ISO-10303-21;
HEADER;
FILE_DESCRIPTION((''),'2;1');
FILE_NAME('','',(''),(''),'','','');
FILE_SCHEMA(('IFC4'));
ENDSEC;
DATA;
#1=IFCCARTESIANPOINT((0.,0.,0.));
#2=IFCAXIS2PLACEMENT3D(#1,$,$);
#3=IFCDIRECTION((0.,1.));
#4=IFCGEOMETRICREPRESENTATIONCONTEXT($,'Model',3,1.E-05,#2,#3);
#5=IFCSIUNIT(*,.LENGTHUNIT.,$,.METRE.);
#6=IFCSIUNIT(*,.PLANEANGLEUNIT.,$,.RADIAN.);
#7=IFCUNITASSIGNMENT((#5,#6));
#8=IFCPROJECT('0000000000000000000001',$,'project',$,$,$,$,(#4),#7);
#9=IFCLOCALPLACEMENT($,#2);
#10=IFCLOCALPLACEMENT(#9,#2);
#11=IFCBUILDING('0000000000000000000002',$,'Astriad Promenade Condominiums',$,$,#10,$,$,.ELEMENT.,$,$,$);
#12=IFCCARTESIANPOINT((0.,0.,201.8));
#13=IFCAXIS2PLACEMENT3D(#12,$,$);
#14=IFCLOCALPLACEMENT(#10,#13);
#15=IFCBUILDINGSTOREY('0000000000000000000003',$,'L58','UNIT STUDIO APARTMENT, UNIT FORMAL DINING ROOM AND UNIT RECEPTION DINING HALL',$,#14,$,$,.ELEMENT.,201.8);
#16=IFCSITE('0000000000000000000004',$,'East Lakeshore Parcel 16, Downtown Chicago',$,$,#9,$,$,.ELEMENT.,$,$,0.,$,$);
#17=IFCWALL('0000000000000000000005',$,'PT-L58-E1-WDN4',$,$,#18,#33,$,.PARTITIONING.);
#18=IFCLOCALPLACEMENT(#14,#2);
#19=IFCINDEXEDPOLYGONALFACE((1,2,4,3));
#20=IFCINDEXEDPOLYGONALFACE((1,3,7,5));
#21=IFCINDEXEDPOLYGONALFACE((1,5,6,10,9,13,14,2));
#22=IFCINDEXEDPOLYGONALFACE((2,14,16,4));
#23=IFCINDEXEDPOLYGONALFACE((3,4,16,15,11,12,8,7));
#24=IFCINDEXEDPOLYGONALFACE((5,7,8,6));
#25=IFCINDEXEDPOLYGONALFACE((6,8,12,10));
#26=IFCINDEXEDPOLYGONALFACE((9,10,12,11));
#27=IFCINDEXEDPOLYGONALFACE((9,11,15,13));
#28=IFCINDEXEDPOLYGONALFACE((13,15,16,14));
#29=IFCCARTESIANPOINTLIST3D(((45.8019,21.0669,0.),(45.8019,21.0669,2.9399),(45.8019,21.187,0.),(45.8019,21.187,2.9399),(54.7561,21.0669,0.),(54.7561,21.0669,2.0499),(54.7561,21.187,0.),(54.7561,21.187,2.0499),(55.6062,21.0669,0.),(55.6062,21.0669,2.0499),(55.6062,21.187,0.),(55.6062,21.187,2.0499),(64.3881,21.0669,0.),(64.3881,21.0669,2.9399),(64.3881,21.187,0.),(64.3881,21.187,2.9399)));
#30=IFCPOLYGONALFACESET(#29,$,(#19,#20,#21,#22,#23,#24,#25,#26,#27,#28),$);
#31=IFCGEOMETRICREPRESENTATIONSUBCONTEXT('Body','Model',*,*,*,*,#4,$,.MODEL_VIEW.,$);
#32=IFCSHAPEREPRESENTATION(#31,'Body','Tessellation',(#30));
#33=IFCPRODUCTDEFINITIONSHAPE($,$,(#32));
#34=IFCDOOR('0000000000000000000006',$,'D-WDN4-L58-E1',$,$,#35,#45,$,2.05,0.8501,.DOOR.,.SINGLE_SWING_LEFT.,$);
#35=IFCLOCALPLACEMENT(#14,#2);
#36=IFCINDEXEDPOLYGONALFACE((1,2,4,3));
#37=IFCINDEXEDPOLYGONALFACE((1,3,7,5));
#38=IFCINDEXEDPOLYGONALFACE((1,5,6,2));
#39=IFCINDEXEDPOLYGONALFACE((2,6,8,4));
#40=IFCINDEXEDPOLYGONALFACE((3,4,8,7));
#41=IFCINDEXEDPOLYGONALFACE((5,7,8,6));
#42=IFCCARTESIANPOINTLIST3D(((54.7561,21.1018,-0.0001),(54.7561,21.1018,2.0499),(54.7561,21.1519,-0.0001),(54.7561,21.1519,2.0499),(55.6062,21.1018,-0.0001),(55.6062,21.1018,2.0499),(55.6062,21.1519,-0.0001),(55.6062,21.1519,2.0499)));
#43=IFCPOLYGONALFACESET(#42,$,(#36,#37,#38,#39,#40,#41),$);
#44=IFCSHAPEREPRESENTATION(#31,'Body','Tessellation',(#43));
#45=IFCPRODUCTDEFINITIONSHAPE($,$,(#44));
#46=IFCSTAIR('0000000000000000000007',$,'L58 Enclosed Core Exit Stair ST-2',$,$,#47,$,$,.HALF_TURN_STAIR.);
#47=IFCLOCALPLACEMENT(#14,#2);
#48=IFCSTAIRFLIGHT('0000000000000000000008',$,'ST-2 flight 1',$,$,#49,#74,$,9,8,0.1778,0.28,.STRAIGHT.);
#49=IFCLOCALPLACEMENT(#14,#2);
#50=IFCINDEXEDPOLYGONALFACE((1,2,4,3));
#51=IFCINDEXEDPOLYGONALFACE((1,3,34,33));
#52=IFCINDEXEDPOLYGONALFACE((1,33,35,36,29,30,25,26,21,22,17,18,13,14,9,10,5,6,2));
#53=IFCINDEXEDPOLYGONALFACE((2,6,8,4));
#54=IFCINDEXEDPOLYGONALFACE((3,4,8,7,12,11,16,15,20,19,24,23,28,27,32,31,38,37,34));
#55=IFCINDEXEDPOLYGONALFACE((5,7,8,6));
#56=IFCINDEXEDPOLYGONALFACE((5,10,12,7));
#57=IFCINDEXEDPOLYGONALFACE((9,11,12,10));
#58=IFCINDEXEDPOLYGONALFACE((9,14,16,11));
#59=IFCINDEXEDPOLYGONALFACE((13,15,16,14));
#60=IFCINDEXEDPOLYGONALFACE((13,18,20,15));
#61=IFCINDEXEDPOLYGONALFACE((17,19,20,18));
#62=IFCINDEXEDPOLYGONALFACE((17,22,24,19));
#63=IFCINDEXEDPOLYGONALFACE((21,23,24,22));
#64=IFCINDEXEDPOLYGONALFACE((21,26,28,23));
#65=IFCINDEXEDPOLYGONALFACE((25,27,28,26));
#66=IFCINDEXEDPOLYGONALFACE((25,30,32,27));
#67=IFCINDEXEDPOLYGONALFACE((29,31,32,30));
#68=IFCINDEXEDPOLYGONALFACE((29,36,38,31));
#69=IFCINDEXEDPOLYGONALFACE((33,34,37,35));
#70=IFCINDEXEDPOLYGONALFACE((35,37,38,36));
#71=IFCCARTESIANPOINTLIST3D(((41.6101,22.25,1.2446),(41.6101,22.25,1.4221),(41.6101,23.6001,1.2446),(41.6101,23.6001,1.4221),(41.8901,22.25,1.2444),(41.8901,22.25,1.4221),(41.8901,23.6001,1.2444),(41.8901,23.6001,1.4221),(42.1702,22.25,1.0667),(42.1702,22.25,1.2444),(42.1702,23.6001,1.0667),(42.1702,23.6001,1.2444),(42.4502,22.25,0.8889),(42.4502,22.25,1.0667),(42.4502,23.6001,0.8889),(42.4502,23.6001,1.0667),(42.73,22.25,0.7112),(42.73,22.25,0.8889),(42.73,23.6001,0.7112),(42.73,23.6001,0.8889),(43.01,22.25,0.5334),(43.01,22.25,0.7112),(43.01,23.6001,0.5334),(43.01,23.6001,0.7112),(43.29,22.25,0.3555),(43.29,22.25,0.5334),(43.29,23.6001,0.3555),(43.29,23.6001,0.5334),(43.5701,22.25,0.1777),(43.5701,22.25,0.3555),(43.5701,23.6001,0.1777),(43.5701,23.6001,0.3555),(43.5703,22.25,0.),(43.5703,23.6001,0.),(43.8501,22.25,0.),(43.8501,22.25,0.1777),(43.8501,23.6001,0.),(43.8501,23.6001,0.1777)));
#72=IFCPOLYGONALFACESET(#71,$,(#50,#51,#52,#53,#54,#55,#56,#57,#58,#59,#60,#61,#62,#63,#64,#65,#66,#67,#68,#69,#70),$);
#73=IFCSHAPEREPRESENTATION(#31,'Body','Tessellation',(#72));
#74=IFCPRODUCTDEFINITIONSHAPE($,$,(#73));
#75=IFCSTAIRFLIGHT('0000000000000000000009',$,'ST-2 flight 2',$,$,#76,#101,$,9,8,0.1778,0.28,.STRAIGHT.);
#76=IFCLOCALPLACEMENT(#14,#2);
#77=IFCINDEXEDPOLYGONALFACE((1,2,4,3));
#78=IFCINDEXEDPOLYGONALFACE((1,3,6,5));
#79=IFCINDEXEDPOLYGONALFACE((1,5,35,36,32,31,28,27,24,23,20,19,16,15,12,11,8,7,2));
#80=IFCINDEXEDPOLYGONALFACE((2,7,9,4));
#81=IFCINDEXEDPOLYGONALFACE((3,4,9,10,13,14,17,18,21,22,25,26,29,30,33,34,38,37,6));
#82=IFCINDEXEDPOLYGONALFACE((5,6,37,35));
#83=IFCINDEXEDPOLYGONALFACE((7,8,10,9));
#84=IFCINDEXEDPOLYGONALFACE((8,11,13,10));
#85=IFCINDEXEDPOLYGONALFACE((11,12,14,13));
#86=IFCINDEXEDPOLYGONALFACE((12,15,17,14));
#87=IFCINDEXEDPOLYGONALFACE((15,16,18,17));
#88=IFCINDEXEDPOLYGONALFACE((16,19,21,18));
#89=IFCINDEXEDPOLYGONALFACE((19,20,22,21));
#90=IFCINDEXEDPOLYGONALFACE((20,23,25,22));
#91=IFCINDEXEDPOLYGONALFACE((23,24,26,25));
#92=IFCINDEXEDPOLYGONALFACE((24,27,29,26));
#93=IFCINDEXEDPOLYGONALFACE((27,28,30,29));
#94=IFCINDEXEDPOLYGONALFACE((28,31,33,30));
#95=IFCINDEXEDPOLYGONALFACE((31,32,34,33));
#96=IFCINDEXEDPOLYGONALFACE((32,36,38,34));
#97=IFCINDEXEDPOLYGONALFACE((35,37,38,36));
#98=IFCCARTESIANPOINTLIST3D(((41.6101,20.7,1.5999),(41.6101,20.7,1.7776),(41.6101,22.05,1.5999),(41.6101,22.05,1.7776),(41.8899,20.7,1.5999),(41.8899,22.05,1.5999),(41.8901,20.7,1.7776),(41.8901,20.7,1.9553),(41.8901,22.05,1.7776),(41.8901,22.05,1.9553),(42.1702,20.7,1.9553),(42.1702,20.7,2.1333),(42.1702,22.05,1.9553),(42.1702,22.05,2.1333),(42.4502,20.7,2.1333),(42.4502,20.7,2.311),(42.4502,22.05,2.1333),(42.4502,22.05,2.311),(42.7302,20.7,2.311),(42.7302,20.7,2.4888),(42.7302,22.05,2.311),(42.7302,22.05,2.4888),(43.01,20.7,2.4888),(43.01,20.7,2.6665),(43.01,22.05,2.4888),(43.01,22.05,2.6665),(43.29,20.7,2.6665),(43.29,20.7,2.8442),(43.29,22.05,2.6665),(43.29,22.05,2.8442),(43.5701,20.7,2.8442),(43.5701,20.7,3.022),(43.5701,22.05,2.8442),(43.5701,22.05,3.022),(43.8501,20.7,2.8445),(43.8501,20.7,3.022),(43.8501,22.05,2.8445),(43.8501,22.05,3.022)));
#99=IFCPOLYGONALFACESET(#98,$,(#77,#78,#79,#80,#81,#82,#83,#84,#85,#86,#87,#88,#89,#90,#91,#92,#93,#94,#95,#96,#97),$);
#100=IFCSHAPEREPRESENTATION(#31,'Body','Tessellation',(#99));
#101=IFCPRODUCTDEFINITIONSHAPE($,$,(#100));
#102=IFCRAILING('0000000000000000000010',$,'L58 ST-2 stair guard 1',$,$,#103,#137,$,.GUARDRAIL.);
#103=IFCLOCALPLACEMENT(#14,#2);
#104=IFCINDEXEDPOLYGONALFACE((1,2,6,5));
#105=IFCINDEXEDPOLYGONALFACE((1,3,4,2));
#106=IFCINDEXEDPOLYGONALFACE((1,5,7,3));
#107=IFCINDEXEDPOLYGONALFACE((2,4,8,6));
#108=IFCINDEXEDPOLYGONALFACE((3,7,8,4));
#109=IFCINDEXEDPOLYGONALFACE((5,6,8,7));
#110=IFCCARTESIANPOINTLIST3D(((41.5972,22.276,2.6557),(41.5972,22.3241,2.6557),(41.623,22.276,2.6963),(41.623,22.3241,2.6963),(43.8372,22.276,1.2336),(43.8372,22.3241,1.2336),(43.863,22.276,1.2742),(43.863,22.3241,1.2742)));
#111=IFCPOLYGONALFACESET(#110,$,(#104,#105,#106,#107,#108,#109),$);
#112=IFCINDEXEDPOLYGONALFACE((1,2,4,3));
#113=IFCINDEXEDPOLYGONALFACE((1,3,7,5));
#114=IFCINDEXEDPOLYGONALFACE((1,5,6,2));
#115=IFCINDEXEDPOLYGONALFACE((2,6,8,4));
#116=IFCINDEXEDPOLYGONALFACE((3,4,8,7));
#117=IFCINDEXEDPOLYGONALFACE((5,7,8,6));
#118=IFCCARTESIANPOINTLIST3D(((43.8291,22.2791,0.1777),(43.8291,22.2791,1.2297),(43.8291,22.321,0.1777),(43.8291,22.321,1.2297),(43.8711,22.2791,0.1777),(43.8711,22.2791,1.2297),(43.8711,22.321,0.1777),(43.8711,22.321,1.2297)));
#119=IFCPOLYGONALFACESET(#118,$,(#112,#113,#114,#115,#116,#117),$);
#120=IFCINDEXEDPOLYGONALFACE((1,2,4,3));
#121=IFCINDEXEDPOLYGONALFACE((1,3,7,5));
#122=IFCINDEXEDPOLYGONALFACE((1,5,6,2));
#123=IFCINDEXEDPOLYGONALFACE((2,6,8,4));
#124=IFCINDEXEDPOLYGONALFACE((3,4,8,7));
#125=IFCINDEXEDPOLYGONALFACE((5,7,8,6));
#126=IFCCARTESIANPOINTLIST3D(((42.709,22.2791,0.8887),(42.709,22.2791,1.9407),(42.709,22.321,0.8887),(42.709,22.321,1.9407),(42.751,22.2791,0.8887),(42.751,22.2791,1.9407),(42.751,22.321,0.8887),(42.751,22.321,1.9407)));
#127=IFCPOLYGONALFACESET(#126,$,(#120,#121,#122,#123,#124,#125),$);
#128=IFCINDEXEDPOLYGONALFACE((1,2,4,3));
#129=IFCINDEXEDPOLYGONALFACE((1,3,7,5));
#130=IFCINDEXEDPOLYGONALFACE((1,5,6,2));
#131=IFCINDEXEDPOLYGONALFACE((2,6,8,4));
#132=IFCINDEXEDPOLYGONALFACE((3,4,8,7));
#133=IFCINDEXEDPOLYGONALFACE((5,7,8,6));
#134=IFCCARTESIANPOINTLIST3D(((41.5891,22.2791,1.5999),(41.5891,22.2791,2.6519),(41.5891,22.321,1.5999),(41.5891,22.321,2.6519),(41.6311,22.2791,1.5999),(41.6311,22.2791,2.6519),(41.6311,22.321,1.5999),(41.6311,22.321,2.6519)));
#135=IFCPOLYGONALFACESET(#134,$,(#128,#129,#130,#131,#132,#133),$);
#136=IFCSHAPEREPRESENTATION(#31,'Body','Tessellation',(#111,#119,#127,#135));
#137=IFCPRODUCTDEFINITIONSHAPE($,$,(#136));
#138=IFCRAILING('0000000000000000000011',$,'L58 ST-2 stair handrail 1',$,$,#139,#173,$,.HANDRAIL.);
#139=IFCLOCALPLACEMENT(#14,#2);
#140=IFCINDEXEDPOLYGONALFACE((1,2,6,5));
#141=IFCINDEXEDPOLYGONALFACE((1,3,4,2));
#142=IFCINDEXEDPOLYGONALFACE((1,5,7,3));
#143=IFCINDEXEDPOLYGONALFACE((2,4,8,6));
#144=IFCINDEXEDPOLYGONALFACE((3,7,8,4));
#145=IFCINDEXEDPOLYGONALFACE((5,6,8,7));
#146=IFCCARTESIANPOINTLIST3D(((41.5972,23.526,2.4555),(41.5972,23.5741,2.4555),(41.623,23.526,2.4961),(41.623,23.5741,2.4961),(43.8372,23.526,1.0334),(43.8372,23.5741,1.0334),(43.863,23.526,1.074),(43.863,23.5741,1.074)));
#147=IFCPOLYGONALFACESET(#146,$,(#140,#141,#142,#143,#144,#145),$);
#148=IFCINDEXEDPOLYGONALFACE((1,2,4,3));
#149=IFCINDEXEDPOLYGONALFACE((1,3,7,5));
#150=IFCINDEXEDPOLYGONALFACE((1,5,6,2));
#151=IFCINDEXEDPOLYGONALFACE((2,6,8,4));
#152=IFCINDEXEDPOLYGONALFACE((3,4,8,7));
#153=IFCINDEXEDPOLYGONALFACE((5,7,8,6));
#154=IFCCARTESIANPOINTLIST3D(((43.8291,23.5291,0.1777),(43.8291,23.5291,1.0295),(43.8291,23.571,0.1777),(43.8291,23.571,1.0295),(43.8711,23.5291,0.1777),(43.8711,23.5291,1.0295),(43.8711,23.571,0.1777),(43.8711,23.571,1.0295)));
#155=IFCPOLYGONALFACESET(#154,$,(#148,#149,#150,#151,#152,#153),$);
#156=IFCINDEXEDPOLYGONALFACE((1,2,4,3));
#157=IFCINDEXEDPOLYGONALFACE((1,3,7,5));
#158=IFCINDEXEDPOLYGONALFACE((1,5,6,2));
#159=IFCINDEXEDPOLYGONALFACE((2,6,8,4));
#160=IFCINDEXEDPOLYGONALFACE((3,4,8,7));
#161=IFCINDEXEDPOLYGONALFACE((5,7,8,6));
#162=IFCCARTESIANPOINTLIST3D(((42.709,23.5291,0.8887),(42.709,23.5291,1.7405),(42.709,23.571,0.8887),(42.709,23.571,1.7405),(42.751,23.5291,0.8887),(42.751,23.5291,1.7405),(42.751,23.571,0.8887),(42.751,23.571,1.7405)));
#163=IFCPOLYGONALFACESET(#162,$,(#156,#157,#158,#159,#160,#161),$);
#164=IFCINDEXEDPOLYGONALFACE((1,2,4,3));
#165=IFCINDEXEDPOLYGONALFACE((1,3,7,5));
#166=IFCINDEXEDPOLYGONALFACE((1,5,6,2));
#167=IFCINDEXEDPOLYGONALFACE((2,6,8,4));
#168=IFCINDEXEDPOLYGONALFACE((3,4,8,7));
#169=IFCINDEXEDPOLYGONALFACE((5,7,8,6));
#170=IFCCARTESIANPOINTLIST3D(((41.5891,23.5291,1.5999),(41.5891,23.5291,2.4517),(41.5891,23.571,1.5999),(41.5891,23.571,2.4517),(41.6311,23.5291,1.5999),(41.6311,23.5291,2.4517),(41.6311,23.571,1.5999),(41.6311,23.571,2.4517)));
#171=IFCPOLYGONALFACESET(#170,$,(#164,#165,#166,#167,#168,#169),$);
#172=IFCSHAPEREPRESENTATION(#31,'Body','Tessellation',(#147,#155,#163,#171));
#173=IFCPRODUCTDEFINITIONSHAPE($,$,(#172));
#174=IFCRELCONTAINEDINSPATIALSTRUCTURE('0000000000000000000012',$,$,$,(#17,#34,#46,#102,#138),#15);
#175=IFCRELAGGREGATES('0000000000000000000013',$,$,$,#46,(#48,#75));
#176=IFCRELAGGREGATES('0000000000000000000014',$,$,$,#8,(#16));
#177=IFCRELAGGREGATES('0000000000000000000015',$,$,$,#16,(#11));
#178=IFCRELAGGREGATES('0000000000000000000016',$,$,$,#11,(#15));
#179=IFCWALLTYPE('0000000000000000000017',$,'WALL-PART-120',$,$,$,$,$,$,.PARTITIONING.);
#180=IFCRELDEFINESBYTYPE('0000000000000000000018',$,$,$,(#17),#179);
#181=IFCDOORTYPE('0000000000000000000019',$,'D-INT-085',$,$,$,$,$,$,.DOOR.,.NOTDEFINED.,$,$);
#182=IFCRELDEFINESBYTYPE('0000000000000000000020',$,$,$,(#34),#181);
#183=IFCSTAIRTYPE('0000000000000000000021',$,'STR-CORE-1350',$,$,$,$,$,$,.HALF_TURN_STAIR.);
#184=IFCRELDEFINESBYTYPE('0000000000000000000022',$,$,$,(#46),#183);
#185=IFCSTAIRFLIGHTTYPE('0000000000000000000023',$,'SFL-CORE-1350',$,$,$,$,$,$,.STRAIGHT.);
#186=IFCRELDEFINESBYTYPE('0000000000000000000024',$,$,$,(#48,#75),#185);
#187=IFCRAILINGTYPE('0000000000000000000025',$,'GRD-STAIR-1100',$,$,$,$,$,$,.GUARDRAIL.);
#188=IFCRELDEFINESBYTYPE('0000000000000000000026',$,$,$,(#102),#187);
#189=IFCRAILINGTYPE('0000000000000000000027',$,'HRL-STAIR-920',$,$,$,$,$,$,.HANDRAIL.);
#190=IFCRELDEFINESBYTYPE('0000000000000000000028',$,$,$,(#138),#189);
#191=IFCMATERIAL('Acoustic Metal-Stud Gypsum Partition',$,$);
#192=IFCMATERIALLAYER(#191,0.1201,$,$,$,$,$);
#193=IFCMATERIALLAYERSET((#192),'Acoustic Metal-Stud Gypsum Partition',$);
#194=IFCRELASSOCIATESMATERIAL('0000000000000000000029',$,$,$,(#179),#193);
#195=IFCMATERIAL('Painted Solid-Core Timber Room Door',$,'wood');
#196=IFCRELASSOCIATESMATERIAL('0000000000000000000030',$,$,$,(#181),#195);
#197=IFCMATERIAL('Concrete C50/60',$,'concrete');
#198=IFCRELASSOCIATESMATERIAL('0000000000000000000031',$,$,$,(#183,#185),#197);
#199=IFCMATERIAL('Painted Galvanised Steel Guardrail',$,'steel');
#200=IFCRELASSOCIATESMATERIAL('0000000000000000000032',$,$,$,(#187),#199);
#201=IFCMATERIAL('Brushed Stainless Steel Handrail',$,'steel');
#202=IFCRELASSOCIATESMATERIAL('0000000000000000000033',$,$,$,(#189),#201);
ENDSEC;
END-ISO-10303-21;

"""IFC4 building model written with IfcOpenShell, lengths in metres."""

from ifc_helpers import new_model, si_unit, direction, frame, frame_2d, origin, origin_2d, place, context, subcontext, project, spatial, polyline, rectangle, outline, extrude, source, transform, mapped, material, layer, layer_set, type_object, type_shapes, element, fill, aggregate, save


model = new_model("IFC4")

# Units and contexts
model_context = context("Model", 3, precision=1e-05, world=origin(), true_north=direction((0.0, 1.0)))
body_context = subcontext(model_context, "Body", "Model", "MODEL_VIEW")
ifc_project = project(units=[si_unit("LENGTHUNIT", "METRE"), si_unit("PLANEANGLEUNIT", "RADIAN")], contexts=[model_context])

# Site, building, storey
site_placement = place(None, origin())
site = spatial("IfcSite", under=ifc_project, at=site_placement, Name="East Lakeshore Parcel 16, Downtown Chicago", CompositionType="ELEMENT", RefElevation=0.0)
building_placement = place(site_placement, origin())
building = spatial("IfcBuilding", under=site, at=building_placement, Name="Astriad Promenade Condominiums", CompositionType="ELEMENT")
storey_placement = place(building_placement, frame((0.0, 0.0, 201.8)))
storey = spatial("IfcBuildingStorey", under=building, at=storey_placement, Name="L58", Description="UNIT STUDIO APARTMENT, UNIT FORMAL DINING ROOM AND UNIT RECEPTION DINING HALL", CompositionType="ELEMENT", Elevation=201.8)

# Shared definitions
ifc_material_1 = material(Name="Concrete C50/60", Category="concrete")

# Shared definitions
ifc_material_2 = material(Name="Acoustic Metal-Stud Gypsum Partition")
ifc_layer_1 = layer(ifc_material_2, 0.1201)
ifc_layer_set_1 = layer_set([ifc_layer_1], Name="Acoustic Metal-Stud Gypsum Partition")
wall_type_1 = type_object("IfcWallType", Name="WALL-PART-120", PredefinedType="PARTITIONING", material=ifc_layer_set_1)

# Wall, opening, door
ifc_material_3 = material(Name="Painted Solid-Core Timber Room Door", Category="wood")
door_type_1 = type_object("IfcDoorType", Name="D-INT-085", OperationType="NOTDEFINED", PredefinedType="DOOR", material=ifc_material_3)
shared_shape_1 = source(origin(), body_context, "Body", "SweptSolid", [
    extrude(rectangle(XDim=0.8501, YDim=2.05, at=frame_2d((0.425, 1.0249))), frame((0.0, 0.0249, 0.0), z_axis=(0.0, -1.0, 0.0), x_axis=(1.0, 0.0, 0.0)), (0.0, 0.0, 1.0), 0.05),
])
type_shapes(door_type_1, [shared_shape_1])
wall_1_placement = place(storey_placement, frame((45.802, 21.127, 0.0), z_axis=(0.0, 0.0, 1.0), x_axis=(1.0, 0.0, 0.0)))
wall_1 = element("IfcWall", 1, at=wall_1_placement, inside=storey, type_object=wall_type_1, Name="PT-L58-E1-WDN4", PredefinedType="PARTITIONING", context=body_context, shape_type="SweptSolid", body=[
    extrude(rectangle(XDim=18.5862, YDim=0.1201, at=frame_2d((9.293, 0.0))), origin(), (0.0, 0.0, 1.0), 2.9399),
])
opening_1_placement = place(wall_1_placement, frame((8.9541, 0.0, 0.0)))
opening_1 = element("IfcOpeningElement", 2, at=opening_1_placement, cuts=wall_1, PredefinedType="OPENING", context=body_context, shape_type="SweptSolid", body=[
    extrude(rectangle(XDim=0.8501, YDim=2.05, at=frame_2d((0.425, 1.0249))), frame((0.0, 0.0701, 0.0), z_axis=(0.0, -1.0, 0.0), x_axis=(1.0, 0.0, 0.0)), (0.0, 0.0, 1.0), 0.1401),
])
door_1_placement = place(opening_1_placement, origin())
door_1 = element("IfcDoor", 3, at=door_1_placement, inside=storey, type_object=door_type_1, Name="D-WDN4-L58-E1", OperationType="SINGLE_SWING_LEFT", OverallHeight=2.05, OverallWidth=0.8501, PredefinedType="DOOR", context=body_context, shape_type="MappedRepresentation", body=[
    mapped(shared_shape_1, transform((0.0, 0.0, 0.0), scale=1.0)),
])
fill(opening_1, door_1)

# Stair, stair flights
stair_type = type_object("IfcStairType", Name="STR-CORE-1350", PredefinedType="HALF_TURN_STAIR", material=ifc_material_1)
stair_placement = place(storey_placement, origin())
stair = element("IfcStair", 4, at=stair_placement, inside=storey, type_object=stair_type, Name="L58 Enclosed Core Exit Stair ST-2", PredefinedType="HALF_TURN_STAIR")
stair_flight_type = type_object("IfcStairFlightType", Name="SFL-CORE-1350", PredefinedType="STRAIGHT", material=ifc_material_1)
shared_shape_2 = source(origin(), body_context, "Body", "SweptSolid", [
    extrude(outline(polyline([(0.0, 0.0), (0.0, 0.1777), (0.28, 0.1777), (0.28, 0.3555), (0.5601, 0.3555), (0.5601, 0.5334), (0.8401, 0.5334), (0.8401, 0.7112), (1.1201, 0.7112), (1.1201, 0.8889), (1.3999, 0.8889), (1.3999, 1.0667), (1.6799, 1.0667), (1.6799, 1.2444), (1.96, 1.2444), (1.96, 1.4221), (2.24, 1.4221), (2.24, 1.6001), (2.24, 1.2446), (0.2798, 0.0), (0.0, 0.0)])), frame((0.0, 0.675, 0.0), z_axis=(0.0, -1.0, 0.0), x_axis=(1.0, 0.0, 0.0)), (0.0, 0.0, 1.0), 1.3501),
])
type_shapes(stair_flight_type, [shared_shape_2])
stair_flight_1_placement = place(storey_placement, frame((43.8501, 22.925, 0.0), z_axis=(0.0, 0.0, 1.0), x_axis=(-1.0, 0.0, 0.0)))
stair_flight_1 = element("IfcStairFlight", 5, at=stair_flight_1_placement, type_object=stair_flight_type, Name="ST-2 flight 1", NumberOfRisers=9, NumberOfTreads=8, PredefinedType="STRAIGHT", RiserHeight=0.1778, TreadLength=0.28, context=body_context, shape_type="MappedRepresentation", body=[
    mapped(shared_shape_2, transform((0.0, 0.0, 0.0), scale=1.0)),
])
stair_flight_2_placement = place(storey_placement, frame((41.6101, 21.375, 1.5999), z_axis=(0.0, 0.0, 1.0), x_axis=(1.0, 0.0, 0.0)))
stair_flight_2 = element("IfcStairFlight", 6, at=stair_flight_2_placement, type_object=stair_flight_type, Name="ST-2 flight 2", NumberOfRisers=9, NumberOfTreads=8, PredefinedType="STRAIGHT", RiserHeight=0.1778, TreadLength=0.28, context=body_context, shape_type="MappedRepresentation", body=[
    mapped(shared_shape_2, transform((0.0, 0.0, 0.0), scale=1.0)),
])
aggregate(stair, [stair_flight_1, stair_flight_2])

# Railings
ifc_material_4 = material(Name="Painted Galvanised Steel Guardrail", Category="steel")
railing_type_1 = type_object("IfcRailingType", Name="GRD-STAIR-1100", PredefinedType="GUARDRAIL", material=ifc_material_4)
shared_shape_3 = source(origin(), body_context, "Body", "SweptSolid", [
    extrude(rectangle(XDim=0.0481, YDim=0.0481, at=origin_2d()), frame((0.0, 0.0, 1.0762), z_axis=(-0.844229, 0.0, 0.535982), x_axis=(0.0, -1.0, 0.0)), (0.0, 0.0, 1.0), 2.6533),
    extrude(rectangle(XDim=0.042, YDim=0.042, at=origin_2d()), origin(), (0.0, 0.0, 1.0), 1.052),
    extrude(rectangle(XDim=0.042, YDim=0.042, at=origin_2d()), frame((-1.1201, 0.0, 0.7109)), (0.0, 0.0, 1.0), 1.052),
    extrude(rectangle(XDim=0.042, YDim=0.042, at=origin_2d()), frame((-2.24, 0.0, 1.4221)), (0.0, 0.0, 1.0), 1.052),
])
railing_1_placement = place(storey_placement, frame((43.8501, 22.3, 0.1777)))
element("IfcRailing", 7, at=railing_1_placement, inside=storey, type_object=railing_type_1, Name="L58 ST-2 stair guard 1", PredefinedType="GUARDRAIL", context=body_context, shape_type="MappedRepresentation", body=[
    mapped(shared_shape_3, transform((0.0, 0.0, 0.0), scale=1.0)),
])
ifc_material_5 = material(Name="Brushed Stainless Steel Handrail", Category="steel")
railing_type_2 = type_object("IfcRailingType", Name="HRL-STAIR-920", PredefinedType="HANDRAIL", material=ifc_material_5)
shared_shape_4 = source(origin(), body_context, "Body", "SweptSolid", [
    extrude(rectangle(XDim=0.0481, YDim=0.0481, at=origin_2d()), frame((0.0, 0.0, 0.876), z_axis=(-0.844229, 0.0, 0.535982), x_axis=(0.0, -1.0, 0.0)), (0.0, 0.0, 1.0), 2.6533),
    extrude(rectangle(XDim=0.042, YDim=0.042, at=origin_2d()), origin(), (0.0, 0.0, 1.0), 0.8518),
    extrude(rectangle(XDim=0.042, YDim=0.042, at=origin_2d()), frame((-1.1201, 0.0, 0.7109)), (0.0, 0.0, 1.0), 0.8518),
    extrude(rectangle(XDim=0.042, YDim=0.042, at=origin_2d()), frame((-2.24, 0.0, 1.4221)), (0.0, 0.0, 1.0), 0.8518),
])
railing_2_placement = place(storey_placement, frame((43.8501, 23.55, 0.1777)))
element("IfcRailing", 8, at=railing_2_placement, inside=storey, type_object=railing_type_2, Name="L58 ST-2 stair handrail 1", PredefinedType="HANDRAIL", context=body_context, shape_type="MappedRepresentation", body=[
    mapped(shared_shape_4, transform((0.0, 0.0, 0.0), scale=1.0)),
])

save(model, "model.ifc")
